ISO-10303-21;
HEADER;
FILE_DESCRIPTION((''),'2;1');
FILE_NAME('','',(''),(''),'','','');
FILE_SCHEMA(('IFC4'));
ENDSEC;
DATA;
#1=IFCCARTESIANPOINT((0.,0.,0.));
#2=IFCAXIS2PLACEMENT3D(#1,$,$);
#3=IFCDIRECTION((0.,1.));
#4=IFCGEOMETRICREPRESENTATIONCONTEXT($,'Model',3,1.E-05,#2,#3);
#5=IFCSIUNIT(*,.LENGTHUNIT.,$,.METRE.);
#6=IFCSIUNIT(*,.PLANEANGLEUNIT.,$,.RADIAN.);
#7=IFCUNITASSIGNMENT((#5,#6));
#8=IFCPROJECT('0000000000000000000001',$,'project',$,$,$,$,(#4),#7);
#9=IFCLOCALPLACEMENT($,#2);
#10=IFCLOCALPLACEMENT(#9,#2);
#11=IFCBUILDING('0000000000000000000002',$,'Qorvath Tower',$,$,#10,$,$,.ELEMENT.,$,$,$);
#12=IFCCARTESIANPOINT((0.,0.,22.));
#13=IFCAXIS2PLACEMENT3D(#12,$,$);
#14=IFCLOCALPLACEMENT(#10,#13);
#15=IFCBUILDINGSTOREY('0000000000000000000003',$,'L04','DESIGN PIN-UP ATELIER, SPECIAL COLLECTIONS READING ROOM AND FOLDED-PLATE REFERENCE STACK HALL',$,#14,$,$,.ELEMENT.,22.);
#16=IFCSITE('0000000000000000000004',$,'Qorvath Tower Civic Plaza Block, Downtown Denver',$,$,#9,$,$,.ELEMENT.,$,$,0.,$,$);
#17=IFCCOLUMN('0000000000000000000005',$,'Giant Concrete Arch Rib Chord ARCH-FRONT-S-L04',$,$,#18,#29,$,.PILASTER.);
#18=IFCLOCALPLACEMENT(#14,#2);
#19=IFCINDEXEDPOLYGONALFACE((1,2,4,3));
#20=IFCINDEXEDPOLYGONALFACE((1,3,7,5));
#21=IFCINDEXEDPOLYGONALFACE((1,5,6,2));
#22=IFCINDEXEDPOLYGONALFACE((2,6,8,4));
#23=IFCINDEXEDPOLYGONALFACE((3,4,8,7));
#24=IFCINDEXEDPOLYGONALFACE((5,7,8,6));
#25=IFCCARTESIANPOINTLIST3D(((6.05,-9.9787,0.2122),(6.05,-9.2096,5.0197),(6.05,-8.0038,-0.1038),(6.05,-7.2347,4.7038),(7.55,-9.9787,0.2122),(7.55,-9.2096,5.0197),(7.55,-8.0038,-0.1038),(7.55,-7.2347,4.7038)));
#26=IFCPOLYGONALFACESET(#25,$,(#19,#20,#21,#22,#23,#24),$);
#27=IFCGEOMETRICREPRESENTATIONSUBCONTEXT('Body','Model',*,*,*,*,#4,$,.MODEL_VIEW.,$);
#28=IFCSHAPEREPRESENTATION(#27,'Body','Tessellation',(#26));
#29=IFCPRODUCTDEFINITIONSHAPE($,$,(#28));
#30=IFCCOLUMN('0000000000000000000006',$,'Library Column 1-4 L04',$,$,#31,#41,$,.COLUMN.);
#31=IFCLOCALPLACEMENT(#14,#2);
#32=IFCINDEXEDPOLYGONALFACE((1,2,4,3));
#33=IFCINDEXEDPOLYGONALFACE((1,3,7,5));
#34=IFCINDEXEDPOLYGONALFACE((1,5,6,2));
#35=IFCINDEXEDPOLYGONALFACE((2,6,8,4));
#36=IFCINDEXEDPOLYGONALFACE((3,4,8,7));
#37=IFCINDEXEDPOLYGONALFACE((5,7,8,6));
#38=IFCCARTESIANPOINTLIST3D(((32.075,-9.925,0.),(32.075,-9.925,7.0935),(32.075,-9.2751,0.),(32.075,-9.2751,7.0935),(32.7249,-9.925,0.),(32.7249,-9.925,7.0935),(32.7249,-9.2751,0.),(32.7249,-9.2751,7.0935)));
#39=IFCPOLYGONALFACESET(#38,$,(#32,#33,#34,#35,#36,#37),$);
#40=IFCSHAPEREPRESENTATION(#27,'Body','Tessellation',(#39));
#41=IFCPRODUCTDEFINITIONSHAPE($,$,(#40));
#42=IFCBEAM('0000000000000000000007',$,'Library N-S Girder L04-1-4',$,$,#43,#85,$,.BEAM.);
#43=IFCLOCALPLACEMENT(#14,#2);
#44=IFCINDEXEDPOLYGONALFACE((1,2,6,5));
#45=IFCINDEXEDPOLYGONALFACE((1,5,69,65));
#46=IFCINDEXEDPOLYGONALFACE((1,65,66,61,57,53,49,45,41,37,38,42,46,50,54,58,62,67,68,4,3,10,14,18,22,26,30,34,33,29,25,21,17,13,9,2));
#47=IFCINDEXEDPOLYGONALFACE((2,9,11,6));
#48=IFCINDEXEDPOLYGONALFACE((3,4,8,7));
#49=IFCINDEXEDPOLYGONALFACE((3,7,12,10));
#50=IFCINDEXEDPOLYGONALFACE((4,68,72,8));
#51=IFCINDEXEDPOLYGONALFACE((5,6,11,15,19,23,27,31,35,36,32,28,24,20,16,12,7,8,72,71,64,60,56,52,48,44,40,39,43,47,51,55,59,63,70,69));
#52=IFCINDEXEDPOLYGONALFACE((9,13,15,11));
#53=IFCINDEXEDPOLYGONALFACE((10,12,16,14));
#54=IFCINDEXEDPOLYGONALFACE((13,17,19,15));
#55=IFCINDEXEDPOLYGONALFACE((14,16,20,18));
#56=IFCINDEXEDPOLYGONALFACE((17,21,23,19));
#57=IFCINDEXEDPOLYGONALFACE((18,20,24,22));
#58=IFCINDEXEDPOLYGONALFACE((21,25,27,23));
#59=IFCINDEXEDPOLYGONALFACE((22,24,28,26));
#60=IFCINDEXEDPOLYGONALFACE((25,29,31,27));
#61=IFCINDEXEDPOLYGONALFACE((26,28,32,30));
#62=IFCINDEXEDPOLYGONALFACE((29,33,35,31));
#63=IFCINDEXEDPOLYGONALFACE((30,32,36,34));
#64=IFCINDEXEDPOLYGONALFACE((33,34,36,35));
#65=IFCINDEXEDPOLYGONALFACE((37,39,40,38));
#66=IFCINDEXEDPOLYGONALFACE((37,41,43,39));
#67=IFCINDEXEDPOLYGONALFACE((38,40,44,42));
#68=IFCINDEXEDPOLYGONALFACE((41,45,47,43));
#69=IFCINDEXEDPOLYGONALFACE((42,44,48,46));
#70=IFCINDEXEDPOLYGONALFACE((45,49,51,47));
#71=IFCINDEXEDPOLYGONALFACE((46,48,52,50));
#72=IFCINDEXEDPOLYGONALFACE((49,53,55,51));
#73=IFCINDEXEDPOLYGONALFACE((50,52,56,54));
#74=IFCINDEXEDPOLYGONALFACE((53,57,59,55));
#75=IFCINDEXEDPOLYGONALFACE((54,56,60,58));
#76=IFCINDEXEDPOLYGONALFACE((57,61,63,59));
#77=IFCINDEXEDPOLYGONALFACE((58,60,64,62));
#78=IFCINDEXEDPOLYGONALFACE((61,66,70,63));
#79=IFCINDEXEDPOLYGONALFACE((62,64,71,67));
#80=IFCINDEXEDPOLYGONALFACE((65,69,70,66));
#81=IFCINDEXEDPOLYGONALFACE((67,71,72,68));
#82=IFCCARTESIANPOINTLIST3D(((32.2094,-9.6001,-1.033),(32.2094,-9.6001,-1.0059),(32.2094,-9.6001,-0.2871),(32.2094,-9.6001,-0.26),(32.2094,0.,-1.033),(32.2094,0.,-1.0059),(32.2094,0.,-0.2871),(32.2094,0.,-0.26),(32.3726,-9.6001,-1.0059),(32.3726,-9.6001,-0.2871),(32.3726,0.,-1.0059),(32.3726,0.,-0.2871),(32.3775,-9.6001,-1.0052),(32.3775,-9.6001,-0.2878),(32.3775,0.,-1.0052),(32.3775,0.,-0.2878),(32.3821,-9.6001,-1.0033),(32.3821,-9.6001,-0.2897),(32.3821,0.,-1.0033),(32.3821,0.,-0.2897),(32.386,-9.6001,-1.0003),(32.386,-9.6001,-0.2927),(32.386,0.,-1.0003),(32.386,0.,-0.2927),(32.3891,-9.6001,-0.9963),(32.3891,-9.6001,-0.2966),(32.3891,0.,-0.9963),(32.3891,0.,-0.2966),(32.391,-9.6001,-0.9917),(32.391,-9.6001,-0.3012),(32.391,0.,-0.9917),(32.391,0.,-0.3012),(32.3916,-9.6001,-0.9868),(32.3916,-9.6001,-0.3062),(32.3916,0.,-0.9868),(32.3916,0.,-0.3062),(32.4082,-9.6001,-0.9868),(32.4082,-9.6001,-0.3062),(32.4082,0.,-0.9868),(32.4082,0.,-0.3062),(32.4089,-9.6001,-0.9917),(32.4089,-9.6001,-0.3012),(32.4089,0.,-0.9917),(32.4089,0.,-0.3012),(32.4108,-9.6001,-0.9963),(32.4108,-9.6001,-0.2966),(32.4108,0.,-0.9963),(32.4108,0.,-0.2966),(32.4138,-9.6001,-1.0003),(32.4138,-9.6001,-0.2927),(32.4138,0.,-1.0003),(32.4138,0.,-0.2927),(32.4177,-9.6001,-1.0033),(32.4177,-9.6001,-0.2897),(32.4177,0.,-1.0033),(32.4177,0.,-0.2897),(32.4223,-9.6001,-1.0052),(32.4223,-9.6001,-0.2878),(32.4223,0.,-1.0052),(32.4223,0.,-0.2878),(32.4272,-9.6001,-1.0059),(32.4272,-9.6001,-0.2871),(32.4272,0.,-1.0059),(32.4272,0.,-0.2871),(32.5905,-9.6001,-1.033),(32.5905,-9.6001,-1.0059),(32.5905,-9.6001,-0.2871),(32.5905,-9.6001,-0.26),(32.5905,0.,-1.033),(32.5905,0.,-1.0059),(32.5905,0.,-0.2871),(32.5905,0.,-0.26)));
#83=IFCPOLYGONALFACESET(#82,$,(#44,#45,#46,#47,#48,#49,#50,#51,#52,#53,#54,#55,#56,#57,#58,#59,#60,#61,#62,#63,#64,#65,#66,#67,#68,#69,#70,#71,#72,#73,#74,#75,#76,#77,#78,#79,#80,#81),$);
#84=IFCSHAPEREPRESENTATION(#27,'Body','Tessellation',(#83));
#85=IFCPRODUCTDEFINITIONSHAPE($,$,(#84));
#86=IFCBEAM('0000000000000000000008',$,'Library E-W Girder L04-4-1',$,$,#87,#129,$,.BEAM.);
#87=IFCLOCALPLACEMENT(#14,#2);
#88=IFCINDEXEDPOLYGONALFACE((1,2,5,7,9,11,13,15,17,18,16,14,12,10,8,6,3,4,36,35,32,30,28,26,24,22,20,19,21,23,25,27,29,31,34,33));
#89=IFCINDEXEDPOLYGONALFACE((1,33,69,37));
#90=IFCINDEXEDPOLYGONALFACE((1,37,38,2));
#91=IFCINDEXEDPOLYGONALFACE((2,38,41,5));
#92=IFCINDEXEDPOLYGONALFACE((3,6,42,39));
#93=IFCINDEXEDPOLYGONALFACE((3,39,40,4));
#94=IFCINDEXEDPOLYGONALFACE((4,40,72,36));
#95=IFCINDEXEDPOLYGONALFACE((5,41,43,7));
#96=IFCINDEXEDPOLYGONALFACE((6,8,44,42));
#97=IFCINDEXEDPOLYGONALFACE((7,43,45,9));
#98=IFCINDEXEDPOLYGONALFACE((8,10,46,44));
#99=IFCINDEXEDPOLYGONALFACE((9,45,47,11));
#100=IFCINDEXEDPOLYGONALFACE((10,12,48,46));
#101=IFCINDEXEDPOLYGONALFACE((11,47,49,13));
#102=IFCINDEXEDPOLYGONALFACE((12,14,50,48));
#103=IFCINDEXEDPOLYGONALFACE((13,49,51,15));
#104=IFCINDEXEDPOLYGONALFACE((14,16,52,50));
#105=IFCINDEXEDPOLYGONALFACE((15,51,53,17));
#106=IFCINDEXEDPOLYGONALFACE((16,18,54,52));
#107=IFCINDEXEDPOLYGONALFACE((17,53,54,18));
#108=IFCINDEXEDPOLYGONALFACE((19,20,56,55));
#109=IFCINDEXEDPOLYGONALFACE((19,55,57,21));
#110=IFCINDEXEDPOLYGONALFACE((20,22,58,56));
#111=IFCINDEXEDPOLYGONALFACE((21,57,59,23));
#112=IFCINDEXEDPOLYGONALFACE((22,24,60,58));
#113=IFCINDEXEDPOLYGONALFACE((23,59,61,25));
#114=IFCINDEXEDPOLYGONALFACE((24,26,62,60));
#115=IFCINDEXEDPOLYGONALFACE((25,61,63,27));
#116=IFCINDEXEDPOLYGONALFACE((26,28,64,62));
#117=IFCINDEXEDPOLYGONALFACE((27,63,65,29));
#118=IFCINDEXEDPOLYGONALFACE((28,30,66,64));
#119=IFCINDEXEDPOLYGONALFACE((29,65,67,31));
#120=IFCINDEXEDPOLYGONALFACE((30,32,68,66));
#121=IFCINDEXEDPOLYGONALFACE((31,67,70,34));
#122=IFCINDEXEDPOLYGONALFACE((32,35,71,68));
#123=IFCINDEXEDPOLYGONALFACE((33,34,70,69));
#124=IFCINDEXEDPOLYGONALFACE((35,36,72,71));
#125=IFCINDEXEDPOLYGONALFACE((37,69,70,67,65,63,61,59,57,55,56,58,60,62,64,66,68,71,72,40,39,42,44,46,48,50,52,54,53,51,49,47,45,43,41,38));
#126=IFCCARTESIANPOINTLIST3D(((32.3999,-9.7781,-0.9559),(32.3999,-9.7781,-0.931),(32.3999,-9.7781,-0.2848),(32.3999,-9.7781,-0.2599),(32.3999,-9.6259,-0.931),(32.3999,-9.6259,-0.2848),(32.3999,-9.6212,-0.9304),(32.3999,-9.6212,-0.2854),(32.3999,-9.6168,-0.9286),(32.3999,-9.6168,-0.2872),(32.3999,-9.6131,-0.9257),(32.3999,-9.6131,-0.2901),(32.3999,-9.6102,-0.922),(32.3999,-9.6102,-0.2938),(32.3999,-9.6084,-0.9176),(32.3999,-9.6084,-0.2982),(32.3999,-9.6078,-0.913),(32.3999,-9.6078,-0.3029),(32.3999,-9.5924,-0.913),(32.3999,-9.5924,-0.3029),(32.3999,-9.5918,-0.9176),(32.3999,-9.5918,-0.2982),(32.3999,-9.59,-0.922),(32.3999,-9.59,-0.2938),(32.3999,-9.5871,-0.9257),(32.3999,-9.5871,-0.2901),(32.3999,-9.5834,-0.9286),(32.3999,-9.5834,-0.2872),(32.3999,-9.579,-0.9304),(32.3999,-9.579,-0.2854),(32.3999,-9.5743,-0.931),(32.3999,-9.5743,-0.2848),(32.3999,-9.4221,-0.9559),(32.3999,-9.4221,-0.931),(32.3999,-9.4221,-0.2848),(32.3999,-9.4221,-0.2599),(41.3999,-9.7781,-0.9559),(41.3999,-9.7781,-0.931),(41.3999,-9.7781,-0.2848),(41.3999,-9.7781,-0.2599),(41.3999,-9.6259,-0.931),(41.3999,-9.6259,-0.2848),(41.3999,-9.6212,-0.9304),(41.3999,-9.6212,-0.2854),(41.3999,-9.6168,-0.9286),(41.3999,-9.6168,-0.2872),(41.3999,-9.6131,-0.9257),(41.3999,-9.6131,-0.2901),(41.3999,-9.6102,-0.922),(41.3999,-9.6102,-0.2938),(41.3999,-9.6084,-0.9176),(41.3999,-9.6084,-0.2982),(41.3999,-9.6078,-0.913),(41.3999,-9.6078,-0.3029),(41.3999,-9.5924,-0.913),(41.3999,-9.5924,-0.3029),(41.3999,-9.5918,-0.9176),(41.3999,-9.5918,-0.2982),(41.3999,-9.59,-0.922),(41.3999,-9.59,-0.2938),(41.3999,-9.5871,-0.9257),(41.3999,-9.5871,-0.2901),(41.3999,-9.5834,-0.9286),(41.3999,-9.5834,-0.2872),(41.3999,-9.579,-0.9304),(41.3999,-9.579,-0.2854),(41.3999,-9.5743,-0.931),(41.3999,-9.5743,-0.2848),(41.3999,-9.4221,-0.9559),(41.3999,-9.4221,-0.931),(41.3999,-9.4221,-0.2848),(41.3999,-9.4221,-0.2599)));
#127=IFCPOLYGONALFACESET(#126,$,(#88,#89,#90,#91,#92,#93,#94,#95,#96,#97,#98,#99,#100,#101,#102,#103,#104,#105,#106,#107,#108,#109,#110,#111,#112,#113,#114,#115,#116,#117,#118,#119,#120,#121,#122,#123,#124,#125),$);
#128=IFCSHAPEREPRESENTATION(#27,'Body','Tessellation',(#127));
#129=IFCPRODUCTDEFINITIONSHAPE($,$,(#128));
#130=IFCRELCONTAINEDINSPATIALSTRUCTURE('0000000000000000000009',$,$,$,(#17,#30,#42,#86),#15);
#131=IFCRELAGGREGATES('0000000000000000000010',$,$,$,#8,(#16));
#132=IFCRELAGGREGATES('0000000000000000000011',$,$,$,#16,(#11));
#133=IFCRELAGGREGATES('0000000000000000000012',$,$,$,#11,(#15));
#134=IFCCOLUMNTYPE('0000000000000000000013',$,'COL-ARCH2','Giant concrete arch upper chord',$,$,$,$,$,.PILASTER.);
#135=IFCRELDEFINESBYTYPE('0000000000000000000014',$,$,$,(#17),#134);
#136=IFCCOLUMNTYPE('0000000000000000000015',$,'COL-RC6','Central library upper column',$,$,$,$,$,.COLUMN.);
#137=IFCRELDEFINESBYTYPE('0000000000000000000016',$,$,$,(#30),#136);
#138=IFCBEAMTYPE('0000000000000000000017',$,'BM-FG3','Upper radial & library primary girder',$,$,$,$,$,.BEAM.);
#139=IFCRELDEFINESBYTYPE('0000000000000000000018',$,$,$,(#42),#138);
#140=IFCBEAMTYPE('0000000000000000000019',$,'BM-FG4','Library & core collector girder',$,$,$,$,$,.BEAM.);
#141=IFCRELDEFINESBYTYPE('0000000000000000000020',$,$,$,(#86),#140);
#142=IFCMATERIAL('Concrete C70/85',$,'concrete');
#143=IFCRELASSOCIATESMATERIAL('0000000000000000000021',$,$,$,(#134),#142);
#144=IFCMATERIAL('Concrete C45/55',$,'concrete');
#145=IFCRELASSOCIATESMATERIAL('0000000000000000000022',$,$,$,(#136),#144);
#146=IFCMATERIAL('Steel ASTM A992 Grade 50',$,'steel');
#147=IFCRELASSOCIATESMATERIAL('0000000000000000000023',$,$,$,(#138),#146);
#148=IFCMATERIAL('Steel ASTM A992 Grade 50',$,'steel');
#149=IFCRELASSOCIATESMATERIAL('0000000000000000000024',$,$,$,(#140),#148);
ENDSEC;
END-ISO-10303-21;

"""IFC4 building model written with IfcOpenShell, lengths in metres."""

from ifc_helpers import new_model, si_unit, direction, frame, origin, origin_2d, place, context, subcontext, project, spatial, rectangle, i_section, extrude, material, material_profile, profile_set, type_object, element, save


model = new_model("IFC4")

# Units and contexts
model_context = context("Model", 3, precision=1e-05, world=origin(), true_north=direction((0.0, 1.0)))
body_context = subcontext(model_context, "Body", "Model", "MODEL_VIEW")
ifc_project = project(units=[si_unit("LENGTHUNIT", "METRE"), si_unit("PLANEANGLEUNIT", "RADIAN")], contexts=[model_context])

# Site, building, storey
site_placement = place(None, origin())
site = spatial("IfcSite", under=ifc_project, at=site_placement, Name="Qorvath Tower Civic Plaza Block, Downtown Denver", CompositionType="ELEMENT", RefElevation=0.0)
building_placement = place(site_placement, origin())
building = spatial("IfcBuilding", under=site, at=building_placement, Name="Qorvath Tower", CompositionType="ELEMENT")
storey_placement = place(building_placement, frame((0.0, 0.0, 22.0)))
storey = spatial("IfcBuildingStorey", under=building, at=storey_placement, Name="L04", Description="DESIGN PIN-UP ATELIER, SPECIAL COLLECTIONS READING ROOM AND FOLDED-PLATE REFERENCE STACK HALL", CompositionType="ELEMENT", Elevation=22.0)

# Columns
ifc_material_1 = material(Name="Concrete C70/85", Category="concrete")
ifc_material_profile_1 = material_profile(ifc_material_1, rectangle(XDim=1.5, YDim=2.0, at=origin_2d()), Name="ARCH 2000x1500")
ifc_profile_set_1 = profile_set([ifc_material_profile_1], Name="Concrete C70/85")
column_type_1 = type_object("IfcColumnType", Name="COL-ARCH2", Description="Giant concrete arch upper chord", PredefinedType="PILASTER", material=ifc_profile_set_1)
column_1_placement = place(storey_placement, frame((6.8, -8.9912, 0.0542), z_axis=(0.0, 0.157955, 0.987446), x_axis=(-1.0, 0.0, 0.0)))
element("IfcColumn", 1, at=column_1_placement, inside=storey, type_object=column_type_1, Name="Giant Concrete Arch Rib Chord ARCH-FRONT-S-L04", PredefinedType="PILASTER", context=body_context, shape_type="SweptSolid", body=[
    extrude(rectangle(XDim=1.5, YDim=2.0, at=origin_2d()), origin(), (0.0, 0.0, 1.0), 4.8687),
])
ifc_material_2 = material(Name="Concrete C45/55", Category="concrete")
ifc_material_profile_2 = material_profile(ifc_material_2, rectangle(XDim=0.6499, YDim=0.6499, at=origin_2d()), Name="RC 650x650")
ifc_profile_set_2 = profile_set([ifc_material_profile_2], Name="Concrete C45/55")
column_type_2 = type_object("IfcColumnType", Name="COL-RC6", Description="Central library upper column", PredefinedType="COLUMN", material=ifc_profile_set_2)
column_2_placement = place(storey_placement, frame((32.3999, -9.6001, 0.0), z_axis=(0.0, 0.0, 1.0), x_axis=(1.0, 0.0, 0.0)))
element("IfcColumn", 2, at=column_2_placement, inside=storey, type_object=column_type_2, Name="Library Column 1-4 L04", PredefinedType="COLUMN", context=body_context, shape_type="SweptSolid", body=[
    extrude(rectangle(XDim=0.6499, YDim=0.6499, at=origin_2d()), origin(), (0.0, 0.0, 1.0), 7.0935),
])

# Beams
ifc_material_3 = material(Name="Steel ASTM A992 Grade 50", Category="steel")
ifc_material_profile_3 = material_profile(ifc_material_3, i_section(OverallWidth=0.3811, OverallDepth=0.7729, WebThickness=0.0166, FlangeThickness=0.0271, FilletRadius=0.019, at=origin_2d()), Name="W30x173")
ifc_profile_set_3 = profile_set([ifc_material_profile_3], Name="Steel ASTM A992 Grade 50")
beam_type_1 = type_object("IfcBeamType", Name="BM-FG3", Description="Upper radial & library primary girder", PredefinedType="BEAM", material=ifc_profile_set_3)
beam_1_placement = place(storey_placement, frame((32.3999, -9.6001, -0.6465), z_axis=(0.0, 1.0, 0.0), x_axis=(-1.0, 0.0, 0.0)))
element("IfcBeam", 3, at=beam_1_placement, inside=storey, type_object=beam_type_1, Name="Library N-S Girder L04-1-4", PredefinedType="BEAM", context=body_context, shape_type="SweptSolid", body=[
    extrude(i_section(OverallWidth=0.3811, OverallDepth=0.7729, WebThickness=0.0166, FlangeThickness=0.0271, FilletRadius=0.019, at=origin_2d()), origin(), (0.0, 0.0, 1.0), 9.6001),
])
ifc_material_4 = material(Name="Steel ASTM A992 Grade 50", Category="steel")
ifc_material_profile_4 = material_profile(ifc_material_4, i_section(OverallWidth=0.356, OverallDepth=0.696, WebThickness=0.0154, FlangeThickness=0.0249, FilletRadius=0.0181, at=origin_2d()), Name="W27x146")
ifc_profile_set_4 = profile_set([ifc_material_profile_4], Name="Steel ASTM A992 Grade 50")
beam_type_2 = type_object("IfcBeamType", Name="BM-FG4", Description="Library & core collector girder", PredefinedType="BEAM", material=ifc_profile_set_4)
beam_2_placement = place(storey_placement, frame((32.3999, -9.6001, -0.6079), z_axis=(1.0, 0.0, 0.0), x_axis=(0.0, 1.0, 0.0)))
element("IfcBeam", 4, at=beam_2_placement, inside=storey, type_object=beam_type_2, Name="Library E-W Girder L04-4-1", PredefinedType="BEAM", context=body_context, shape_type="SweptSolid", body=[
    extrude(i_section(OverallWidth=0.356, OverallDepth=0.696, WebThickness=0.0154, FlangeThickness=0.0249, FilletRadius=0.0181, at=origin_2d()), origin(), (0.0, 0.0, 1.0), 9.0),
])

save(model, "model.ifc")
